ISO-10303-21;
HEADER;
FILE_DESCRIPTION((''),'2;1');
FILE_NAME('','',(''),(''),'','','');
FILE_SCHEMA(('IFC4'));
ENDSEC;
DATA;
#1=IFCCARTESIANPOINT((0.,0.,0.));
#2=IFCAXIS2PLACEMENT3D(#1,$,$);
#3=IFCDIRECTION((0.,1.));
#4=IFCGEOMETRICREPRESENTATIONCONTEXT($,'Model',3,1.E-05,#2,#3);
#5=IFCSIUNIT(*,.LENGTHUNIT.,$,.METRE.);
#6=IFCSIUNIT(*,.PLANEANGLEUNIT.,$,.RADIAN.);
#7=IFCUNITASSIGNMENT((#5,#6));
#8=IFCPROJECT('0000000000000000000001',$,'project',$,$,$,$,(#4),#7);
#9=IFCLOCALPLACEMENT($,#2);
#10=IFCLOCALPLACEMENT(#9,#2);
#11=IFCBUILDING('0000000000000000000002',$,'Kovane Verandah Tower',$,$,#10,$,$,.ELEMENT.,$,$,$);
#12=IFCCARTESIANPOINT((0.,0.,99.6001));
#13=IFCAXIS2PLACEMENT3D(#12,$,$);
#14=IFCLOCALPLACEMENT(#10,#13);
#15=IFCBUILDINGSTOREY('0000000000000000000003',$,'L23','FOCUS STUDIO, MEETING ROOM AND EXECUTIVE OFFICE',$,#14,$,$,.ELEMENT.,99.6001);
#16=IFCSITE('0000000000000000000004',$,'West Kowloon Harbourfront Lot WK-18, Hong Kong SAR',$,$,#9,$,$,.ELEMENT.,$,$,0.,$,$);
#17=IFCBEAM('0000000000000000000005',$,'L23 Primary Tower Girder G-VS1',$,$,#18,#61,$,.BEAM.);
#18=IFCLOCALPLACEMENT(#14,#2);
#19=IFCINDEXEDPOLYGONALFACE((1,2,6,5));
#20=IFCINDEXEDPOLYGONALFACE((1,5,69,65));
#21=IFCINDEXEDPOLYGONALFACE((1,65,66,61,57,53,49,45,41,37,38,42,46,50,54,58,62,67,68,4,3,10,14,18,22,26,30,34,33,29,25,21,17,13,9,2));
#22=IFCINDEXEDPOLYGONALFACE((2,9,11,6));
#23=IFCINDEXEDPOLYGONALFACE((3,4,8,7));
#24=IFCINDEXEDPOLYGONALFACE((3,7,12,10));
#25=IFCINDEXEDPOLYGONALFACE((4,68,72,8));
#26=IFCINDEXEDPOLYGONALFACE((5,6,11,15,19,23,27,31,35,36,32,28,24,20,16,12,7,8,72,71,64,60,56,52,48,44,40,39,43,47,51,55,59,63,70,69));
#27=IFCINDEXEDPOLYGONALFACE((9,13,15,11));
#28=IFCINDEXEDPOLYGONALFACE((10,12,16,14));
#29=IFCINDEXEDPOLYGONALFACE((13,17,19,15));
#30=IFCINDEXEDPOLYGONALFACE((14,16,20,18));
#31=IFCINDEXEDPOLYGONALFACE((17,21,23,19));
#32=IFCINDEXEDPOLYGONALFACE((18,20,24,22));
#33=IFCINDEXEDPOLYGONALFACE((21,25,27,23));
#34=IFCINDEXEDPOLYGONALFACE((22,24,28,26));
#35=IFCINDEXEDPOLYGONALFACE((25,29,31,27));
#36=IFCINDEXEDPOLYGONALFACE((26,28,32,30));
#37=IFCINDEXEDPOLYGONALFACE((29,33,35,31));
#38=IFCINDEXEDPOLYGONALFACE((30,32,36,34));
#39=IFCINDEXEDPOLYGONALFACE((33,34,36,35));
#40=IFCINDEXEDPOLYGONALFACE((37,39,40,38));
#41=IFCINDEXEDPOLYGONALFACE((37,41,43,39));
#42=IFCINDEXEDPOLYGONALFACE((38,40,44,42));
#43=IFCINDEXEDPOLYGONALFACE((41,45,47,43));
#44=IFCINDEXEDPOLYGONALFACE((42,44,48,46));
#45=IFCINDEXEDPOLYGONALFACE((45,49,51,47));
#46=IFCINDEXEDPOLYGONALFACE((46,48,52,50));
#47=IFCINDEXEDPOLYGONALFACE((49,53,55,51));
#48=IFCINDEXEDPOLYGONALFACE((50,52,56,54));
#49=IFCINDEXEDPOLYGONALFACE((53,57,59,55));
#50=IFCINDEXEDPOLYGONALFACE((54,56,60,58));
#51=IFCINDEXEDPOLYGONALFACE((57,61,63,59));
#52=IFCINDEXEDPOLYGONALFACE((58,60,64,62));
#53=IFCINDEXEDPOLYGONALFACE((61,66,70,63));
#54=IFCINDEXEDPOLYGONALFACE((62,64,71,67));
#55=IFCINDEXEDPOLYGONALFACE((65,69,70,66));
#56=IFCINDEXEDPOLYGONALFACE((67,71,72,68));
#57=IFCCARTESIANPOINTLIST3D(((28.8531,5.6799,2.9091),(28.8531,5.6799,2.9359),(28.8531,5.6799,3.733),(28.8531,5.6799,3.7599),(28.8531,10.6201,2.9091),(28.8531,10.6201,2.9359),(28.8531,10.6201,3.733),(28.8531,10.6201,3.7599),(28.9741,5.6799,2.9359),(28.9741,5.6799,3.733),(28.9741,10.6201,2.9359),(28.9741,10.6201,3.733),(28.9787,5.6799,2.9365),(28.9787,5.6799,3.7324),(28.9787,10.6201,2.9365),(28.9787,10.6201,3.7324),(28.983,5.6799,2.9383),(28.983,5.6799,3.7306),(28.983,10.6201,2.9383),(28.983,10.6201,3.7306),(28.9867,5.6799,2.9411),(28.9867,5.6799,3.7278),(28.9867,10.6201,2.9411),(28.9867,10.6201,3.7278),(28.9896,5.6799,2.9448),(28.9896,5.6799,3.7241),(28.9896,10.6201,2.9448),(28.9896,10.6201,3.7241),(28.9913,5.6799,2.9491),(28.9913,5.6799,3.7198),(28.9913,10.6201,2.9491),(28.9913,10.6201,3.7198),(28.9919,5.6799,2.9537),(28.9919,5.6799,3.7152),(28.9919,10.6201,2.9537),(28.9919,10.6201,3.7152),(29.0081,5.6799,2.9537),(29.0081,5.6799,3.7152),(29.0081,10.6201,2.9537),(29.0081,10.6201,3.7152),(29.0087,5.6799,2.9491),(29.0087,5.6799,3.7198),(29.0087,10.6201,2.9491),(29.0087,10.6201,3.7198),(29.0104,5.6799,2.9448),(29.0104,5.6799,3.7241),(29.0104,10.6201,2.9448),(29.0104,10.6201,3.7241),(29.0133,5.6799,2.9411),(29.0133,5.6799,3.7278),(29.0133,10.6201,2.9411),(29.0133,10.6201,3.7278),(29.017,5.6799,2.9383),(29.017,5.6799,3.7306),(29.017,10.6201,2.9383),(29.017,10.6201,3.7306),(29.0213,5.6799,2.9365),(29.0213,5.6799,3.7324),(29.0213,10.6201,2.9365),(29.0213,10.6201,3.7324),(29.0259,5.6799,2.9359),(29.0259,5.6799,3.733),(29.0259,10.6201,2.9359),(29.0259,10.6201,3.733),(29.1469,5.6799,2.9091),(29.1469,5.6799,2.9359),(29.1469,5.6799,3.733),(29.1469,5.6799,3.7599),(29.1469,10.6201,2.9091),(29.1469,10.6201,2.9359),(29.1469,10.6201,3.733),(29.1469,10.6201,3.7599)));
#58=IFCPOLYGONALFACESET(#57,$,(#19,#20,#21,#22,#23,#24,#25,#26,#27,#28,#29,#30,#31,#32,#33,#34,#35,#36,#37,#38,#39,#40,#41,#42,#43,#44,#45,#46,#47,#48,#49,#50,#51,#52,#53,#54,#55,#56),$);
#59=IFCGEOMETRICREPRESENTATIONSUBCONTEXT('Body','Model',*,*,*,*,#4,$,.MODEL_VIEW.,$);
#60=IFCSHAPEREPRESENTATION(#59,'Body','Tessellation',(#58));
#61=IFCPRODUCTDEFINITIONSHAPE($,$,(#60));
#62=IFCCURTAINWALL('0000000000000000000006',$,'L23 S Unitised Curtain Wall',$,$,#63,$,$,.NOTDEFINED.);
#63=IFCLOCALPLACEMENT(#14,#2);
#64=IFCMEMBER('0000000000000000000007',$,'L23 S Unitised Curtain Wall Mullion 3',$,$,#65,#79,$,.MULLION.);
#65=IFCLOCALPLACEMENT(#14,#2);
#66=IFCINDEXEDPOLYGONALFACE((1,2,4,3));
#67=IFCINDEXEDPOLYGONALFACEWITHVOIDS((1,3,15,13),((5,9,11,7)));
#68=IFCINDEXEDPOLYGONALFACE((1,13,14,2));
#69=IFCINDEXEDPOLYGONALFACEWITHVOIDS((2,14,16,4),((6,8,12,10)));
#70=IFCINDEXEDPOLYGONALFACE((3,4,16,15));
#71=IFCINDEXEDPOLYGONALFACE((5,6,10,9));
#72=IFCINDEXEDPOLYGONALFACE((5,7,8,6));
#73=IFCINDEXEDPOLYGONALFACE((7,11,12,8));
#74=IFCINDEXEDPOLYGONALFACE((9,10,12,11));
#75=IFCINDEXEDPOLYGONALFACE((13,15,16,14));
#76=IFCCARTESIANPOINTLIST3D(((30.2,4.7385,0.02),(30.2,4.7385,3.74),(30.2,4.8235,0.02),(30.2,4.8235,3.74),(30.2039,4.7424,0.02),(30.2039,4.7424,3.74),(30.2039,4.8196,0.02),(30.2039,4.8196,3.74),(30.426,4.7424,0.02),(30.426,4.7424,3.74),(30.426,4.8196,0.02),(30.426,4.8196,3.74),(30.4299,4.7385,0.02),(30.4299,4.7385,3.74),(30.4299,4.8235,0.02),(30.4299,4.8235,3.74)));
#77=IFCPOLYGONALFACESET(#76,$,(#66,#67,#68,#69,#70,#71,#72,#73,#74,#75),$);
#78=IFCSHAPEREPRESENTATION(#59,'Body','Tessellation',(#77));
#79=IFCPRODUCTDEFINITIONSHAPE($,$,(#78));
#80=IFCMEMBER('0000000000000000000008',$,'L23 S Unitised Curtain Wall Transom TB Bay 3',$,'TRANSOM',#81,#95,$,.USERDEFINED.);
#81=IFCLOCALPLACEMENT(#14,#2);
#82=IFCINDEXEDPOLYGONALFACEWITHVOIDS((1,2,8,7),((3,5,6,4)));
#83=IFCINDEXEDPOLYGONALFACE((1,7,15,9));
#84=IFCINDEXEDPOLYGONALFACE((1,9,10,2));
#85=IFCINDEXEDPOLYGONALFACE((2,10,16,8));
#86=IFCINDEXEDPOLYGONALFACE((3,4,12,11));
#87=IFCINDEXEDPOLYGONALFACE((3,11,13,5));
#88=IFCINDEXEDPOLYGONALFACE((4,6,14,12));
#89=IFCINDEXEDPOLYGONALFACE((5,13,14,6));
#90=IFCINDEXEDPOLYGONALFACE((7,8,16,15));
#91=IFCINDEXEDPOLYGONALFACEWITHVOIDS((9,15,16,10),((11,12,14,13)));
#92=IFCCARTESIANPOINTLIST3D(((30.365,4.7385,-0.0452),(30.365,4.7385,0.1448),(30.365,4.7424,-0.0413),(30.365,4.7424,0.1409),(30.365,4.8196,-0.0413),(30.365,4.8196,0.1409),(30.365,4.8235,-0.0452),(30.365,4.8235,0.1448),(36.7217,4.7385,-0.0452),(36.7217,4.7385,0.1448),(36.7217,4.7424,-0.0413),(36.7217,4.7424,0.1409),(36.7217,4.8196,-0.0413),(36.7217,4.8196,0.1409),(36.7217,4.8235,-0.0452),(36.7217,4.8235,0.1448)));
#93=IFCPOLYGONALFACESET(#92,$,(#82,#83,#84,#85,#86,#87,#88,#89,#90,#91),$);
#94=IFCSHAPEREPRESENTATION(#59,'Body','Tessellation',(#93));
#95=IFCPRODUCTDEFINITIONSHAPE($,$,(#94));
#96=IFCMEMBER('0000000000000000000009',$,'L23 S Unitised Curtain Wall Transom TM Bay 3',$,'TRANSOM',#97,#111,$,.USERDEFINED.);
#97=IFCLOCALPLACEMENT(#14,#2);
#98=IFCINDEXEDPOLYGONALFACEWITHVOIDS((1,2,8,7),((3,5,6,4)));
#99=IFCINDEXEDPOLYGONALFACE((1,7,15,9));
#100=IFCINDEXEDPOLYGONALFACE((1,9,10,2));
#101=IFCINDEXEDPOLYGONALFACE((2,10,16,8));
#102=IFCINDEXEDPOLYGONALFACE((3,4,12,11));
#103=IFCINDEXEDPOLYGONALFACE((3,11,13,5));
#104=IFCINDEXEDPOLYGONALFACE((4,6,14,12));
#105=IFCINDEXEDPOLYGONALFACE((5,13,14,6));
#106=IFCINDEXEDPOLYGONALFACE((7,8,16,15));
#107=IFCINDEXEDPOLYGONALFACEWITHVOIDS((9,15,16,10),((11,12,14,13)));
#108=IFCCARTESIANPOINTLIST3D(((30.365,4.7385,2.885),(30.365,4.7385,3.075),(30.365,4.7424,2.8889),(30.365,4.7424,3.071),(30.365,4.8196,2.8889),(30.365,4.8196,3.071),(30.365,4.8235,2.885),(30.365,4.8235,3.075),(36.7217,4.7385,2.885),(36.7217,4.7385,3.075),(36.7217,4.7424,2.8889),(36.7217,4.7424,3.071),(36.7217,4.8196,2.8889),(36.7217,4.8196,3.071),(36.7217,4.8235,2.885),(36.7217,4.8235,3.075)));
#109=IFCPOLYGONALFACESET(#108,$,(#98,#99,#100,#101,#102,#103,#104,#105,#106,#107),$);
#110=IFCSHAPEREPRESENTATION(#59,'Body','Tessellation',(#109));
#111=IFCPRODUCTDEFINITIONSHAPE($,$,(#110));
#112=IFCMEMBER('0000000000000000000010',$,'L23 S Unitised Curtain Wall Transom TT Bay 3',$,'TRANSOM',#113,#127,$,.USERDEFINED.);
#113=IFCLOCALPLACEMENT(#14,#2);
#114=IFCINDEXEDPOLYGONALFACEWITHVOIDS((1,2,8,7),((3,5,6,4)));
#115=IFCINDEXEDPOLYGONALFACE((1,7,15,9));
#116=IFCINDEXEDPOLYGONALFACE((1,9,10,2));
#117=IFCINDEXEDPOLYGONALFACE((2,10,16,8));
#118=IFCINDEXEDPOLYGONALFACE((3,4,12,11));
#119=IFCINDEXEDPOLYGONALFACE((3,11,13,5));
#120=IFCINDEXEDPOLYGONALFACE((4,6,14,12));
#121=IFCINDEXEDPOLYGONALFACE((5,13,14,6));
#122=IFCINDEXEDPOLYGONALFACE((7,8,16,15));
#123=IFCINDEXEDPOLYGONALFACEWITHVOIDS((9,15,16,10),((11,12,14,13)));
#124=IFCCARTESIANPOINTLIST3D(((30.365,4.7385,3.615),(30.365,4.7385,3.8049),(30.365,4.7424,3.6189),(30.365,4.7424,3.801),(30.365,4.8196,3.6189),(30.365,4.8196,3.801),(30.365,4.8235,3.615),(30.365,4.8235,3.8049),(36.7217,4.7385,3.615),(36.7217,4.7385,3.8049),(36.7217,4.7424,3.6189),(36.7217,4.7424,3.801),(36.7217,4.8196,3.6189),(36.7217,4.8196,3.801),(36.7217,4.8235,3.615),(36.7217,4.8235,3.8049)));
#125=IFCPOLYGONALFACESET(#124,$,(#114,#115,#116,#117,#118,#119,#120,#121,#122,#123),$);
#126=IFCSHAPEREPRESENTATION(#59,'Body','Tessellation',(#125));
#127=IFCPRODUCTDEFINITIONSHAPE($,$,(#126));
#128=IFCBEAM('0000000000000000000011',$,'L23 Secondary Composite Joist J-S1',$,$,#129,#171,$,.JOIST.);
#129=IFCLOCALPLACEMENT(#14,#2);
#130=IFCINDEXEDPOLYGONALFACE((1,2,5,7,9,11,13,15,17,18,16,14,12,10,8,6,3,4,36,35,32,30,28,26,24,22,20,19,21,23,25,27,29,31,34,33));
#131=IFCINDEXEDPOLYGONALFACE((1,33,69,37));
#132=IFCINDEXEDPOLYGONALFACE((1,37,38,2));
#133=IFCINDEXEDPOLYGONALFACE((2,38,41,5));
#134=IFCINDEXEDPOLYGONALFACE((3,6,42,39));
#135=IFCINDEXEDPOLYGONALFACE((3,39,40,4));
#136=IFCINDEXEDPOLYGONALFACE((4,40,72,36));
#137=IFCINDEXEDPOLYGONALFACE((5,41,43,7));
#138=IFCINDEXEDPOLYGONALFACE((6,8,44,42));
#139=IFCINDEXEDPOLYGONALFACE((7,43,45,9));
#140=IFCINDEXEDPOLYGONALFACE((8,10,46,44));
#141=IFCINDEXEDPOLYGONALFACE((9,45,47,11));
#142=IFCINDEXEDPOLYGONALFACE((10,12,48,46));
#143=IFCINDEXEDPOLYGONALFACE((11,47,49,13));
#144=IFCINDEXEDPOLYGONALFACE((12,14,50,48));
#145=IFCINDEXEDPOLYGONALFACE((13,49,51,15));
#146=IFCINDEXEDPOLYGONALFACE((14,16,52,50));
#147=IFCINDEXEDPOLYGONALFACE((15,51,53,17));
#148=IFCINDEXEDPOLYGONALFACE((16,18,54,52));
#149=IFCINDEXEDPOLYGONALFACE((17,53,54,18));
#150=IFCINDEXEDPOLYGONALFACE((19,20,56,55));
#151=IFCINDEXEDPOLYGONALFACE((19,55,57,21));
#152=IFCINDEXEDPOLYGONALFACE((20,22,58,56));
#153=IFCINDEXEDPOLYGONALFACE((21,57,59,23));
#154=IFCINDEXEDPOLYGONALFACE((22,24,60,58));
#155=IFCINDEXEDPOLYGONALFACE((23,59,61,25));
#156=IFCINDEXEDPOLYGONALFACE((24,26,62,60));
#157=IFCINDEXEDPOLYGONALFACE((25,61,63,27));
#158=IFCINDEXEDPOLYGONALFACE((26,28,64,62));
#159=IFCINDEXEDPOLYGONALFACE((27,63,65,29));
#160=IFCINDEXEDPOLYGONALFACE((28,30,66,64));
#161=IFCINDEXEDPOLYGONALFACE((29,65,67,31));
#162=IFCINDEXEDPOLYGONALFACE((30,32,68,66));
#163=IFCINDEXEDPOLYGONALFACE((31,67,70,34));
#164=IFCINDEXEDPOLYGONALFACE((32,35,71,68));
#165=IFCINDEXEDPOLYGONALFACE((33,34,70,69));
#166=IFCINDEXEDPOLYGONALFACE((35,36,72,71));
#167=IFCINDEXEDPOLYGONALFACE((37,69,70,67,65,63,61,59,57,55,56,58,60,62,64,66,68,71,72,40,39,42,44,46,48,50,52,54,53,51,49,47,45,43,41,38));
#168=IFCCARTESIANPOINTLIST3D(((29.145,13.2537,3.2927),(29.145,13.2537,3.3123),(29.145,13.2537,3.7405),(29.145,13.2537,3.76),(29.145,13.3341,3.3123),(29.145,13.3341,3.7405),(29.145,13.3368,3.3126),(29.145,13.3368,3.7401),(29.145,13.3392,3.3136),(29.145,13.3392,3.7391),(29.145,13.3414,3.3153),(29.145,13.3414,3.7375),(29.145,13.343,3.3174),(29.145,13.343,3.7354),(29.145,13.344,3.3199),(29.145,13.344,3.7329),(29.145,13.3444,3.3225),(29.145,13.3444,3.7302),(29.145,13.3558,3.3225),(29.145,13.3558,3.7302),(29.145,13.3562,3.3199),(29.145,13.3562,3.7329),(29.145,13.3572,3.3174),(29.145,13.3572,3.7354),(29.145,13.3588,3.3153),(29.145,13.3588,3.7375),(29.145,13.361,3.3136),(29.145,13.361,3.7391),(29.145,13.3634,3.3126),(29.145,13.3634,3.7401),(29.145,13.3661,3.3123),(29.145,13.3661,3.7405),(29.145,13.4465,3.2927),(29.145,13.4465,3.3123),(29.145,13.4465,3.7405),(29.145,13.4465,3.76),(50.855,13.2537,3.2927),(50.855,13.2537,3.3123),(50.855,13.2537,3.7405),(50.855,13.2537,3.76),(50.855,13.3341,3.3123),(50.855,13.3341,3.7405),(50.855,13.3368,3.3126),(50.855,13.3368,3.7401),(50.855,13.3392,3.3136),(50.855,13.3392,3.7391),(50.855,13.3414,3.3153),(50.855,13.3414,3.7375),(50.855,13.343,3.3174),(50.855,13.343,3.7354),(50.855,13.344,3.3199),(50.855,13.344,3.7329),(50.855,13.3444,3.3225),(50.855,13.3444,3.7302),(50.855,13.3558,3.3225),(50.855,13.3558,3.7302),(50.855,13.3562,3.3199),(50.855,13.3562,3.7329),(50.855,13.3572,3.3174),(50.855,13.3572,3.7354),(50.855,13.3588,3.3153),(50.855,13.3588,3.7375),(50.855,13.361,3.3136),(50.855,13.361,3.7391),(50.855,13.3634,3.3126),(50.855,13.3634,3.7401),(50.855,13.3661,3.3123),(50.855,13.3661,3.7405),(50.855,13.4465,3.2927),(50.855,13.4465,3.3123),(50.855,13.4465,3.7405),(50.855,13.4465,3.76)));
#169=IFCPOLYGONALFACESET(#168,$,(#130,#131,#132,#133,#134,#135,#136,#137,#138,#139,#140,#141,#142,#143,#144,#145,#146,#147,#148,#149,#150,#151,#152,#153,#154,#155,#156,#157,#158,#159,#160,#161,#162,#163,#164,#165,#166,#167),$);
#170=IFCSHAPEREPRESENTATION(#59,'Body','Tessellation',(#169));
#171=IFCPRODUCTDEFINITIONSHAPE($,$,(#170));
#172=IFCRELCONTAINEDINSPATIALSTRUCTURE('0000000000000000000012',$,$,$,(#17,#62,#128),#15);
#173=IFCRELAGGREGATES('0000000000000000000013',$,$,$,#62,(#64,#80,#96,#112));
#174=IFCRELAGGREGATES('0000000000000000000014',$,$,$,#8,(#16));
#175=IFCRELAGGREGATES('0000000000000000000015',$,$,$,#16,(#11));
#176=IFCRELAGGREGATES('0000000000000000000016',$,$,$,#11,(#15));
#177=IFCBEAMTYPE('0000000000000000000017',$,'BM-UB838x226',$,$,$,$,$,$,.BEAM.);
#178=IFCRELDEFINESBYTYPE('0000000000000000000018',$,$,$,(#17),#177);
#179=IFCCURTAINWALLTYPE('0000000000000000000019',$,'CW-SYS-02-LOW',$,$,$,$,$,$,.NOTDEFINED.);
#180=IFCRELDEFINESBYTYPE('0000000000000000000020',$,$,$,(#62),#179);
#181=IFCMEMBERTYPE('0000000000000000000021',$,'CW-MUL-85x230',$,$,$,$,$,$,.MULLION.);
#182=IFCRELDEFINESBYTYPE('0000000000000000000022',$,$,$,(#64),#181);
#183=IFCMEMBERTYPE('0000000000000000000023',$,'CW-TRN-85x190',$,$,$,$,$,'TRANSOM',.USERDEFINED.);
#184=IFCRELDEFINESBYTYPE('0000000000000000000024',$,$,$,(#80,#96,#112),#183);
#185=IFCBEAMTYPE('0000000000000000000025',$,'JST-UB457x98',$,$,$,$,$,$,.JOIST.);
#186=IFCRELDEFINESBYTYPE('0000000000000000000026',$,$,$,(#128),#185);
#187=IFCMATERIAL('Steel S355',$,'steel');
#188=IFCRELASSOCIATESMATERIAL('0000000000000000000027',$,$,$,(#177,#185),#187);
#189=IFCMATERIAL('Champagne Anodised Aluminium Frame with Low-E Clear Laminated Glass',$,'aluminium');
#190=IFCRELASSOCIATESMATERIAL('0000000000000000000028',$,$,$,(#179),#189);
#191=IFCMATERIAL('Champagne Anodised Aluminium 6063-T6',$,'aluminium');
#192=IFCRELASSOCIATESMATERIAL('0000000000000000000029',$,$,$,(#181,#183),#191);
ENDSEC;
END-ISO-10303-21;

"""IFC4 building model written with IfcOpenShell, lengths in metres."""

from ifc_helpers import new_model, si_unit, direction, frame, origin, origin_2d, place, context, subcontext, project, spatial, hollow_rectangle, i_section, extrude, material, material_profile, profile_set, type_object, element, aggregate, save


model = new_model("IFC4")

# Units and contexts
model_context = context("Model", 3, precision=1e-05, world=origin(), true_north=direction((0.0, 1.0)))
body_context = subcontext(model_context, "Body", "Model", "MODEL_VIEW")
ifc_project = project(units=[si_unit("LENGTHUNIT", "METRE"), si_unit("PLANEANGLEUNIT", "RADIAN")], contexts=[model_context])

# Site, building, storey
site_placement = place(None, origin())
site = spatial("IfcSite", under=ifc_project, at=site_placement, Name="West Kowloon Harbourfront Lot WK-18, Hong Kong SAR", CompositionType="ELEMENT", RefElevation=0.0)
building_placement = place(site_placement, origin())
building = spatial("IfcBuilding", under=site, at=building_placement, Name="Kovane Verandah Tower", CompositionType="ELEMENT")
storey_placement = place(building_placement, frame((0.0, 0.0, 99.6001)))
storey = spatial("IfcBuildingStorey", under=building, at=storey_placement, Name="L23", Description="FOCUS STUDIO, MEETING ROOM AND EXECUTIVE OFFICE", CompositionType="ELEMENT", Elevation=99.6001)

# Beam
ifc_material_1 = material(Name="Steel S355", Category="steel")
ifc_material_profile_1 = material_profile(ifc_material_1, i_section(OverallWidth=0.2937, OverallDepth=0.8508, WebThickness=0.0161, FlangeThickness=0.0269, FilletRadius=0.0178, at=origin_2d()), Name="UB838x292x226")
ifc_profile_set_1 = profile_set([ifc_material_profile_1], Name="Steel S355")
beam_type_1 = type_object("IfcBeamType", Name="BM-UB838x226", PredefinedType="BEAM", material=ifc_profile_set_1)
beam_1_placement = place(storey_placement, frame((29.0, 10.6201, 3.3345), z_axis=(0.0, -1.0, 0.0), x_axis=(1.0, 0.0, 0.0)))
element("IfcBeam", 1, at=beam_1_placement, inside=storey, type_object=beam_type_1, Name="L23 Primary Tower Girder G-VS1", PredefinedType="BEAM", context=body_context, shape_type="SweptSolid", body=[
    extrude(i_section(OverallWidth=0.2937, OverallDepth=0.8508, WebThickness=0.0161, FlangeThickness=0.0269, FilletRadius=0.0178, at=origin_2d()), origin(), (0.0, 0.0, 1.0), 4.9402),
])

# Curtain wall, members
ifc_material_2 = material(Name="Champagne Anodised Aluminium Frame with Low-E Clear Laminated Glass", Category="aluminium")
curtain_wall_type = type_object("IfcCurtainWallType", Name="CW-SYS-02-LOW", PredefinedType="NOTDEFINED", material=ifc_material_2)
curtain_wall_placement = place(storey_placement, origin())
curtain_wall = element("IfcCurtainWall", 2, at=curtain_wall_placement, inside=storey, type_object=curtain_wall_type, Name="L23 S Unitised Curtain Wall", PredefinedType="NOTDEFINED")
ifc_material_3 = material(Name="Champagne Anodised Aluminium 6063-T6", Category="aluminium")
ifc_material_profile_2 = material_profile(ifc_material_3, hollow_rectangle(XDim=0.085, YDim=0.23, WallThickness=0.0039, at=origin_2d()), Name="AL85x230x4")
ifc_profile_set_2 = profile_set([ifc_material_profile_2], Name="Champagne Anodised Aluminium 6063-T6")
member_type_1 = type_object("IfcMemberType", Name="CW-MUL-85x230", PredefinedType="MULLION", material=ifc_profile_set_2)
member_1_placement = place(storey_placement, frame((30.3149, 4.781, 0.02), z_axis=(0.0, 0.0, 1.0), x_axis=(0.0, -1.0, 0.0)))
member_1 = element("IfcMember", 3, at=member_1_placement, type_object=member_type_1, Name="L23 S Unitised Curtain Wall Mullion 3", PredefinedType="MULLION", context=body_context, shape_type="SweptSolid", body=[
    extrude(hollow_rectangle(XDim=0.085, YDim=0.23, WallThickness=0.0039, at=origin_2d()), origin(), (0.0, 0.0, 1.0), 3.72),
])
ifc_material_profile_3 = material_profile(ifc_material_3, hollow_rectangle(XDim=0.085, YDim=0.1899, WallThickness=0.0039, at=origin_2d()), Name="AL85x190x4")
ifc_profile_set_3 = profile_set([ifc_material_profile_3], Name="Champagne Anodised Aluminium 6063-T6")
member_type_2 = type_object("IfcMemberType", Name="CW-TRN-85x190", ElementType="TRANSOM", PredefinedType="USERDEFINED", material=ifc_profile_set_3)
member_2_placement = place(storey_placement, frame((30.365, 4.781, 0.0498), z_axis=(1.0, 0.0, 0.0), x_axis=(0.0, 1.0, 0.0)))
member_2 = element("IfcMember", 4, at=member_2_placement, type_object=member_type_2, Name="L23 S Unitised Curtain Wall Transom TB Bay 3", ObjectType="TRANSOM", PredefinedType="USERDEFINED", context=body_context, shape_type="SweptSolid", body=[
    extrude(hollow_rectangle(XDim=0.085, YDim=0.1899, WallThickness=0.0039, at=origin_2d()), origin(), (0.0, 0.0, 1.0), 6.3567),
])
member_3_placement = place(storey_placement, frame((30.365, 4.781, 2.98), z_axis=(1.0, 0.0, 0.0), x_axis=(0.0, 1.0, 0.0)))
member_3 = element("IfcMember", 5, at=member_3_placement, type_object=member_type_2, Name="L23 S Unitised Curtain Wall Transom TM Bay 3", ObjectType="TRANSOM", PredefinedType="USERDEFINED", context=body_context, shape_type="SweptSolid", body=[
    extrude(hollow_rectangle(XDim=0.085, YDim=0.1899, WallThickness=0.0039, at=origin_2d()), origin(), (0.0, 0.0, 1.0), 6.3567),
])
member_4_placement = place(storey_placement, frame((30.365, 4.781, 3.71), z_axis=(1.0, 0.0, 0.0), x_axis=(0.0, 1.0, 0.0)))
member_4 = element("IfcMember", 6, at=member_4_placement, type_object=member_type_2, Name="L23 S Unitised Curtain Wall Transom TT Bay 3", ObjectType="TRANSOM", PredefinedType="USERDEFINED", context=body_context, shape_type="SweptSolid", body=[
    extrude(hollow_rectangle(XDim=0.085, YDim=0.1899, WallThickness=0.0039, at=origin_2d()), origin(), (0.0, 0.0, 1.0), 6.3567),
])

# Beam
ifc_material_profile_4 = material_profile(ifc_material_1, i_section(OverallWidth=0.1929, OverallDepth=0.4673, WebThickness=0.0115, FlangeThickness=0.0195, FilletRadius=0.0103, at=origin_2d()), Name="UB457x191x98")
ifc_profile_set_4 = profile_set([ifc_material_profile_4], Name="Steel S355")
beam_type_2 = type_object("IfcBeamType", Name="JST-UB457x98", PredefinedType="JOIST", material=ifc_profile_set_4)
for number, where, z_axis, x_axis, name in (
    (7, (29.145, 13.3501, 3.5264), (1.0, 0.0, 0.0), (0.0, 1.0, 0.0), "L23 Secondary Composite Joist J-S1"),
):
    element("IfcBeam", number, at=place(storey_placement, frame(where, z_axis=z_axis, x_axis=x_axis)), inside=storey, type_object=beam_type_2, Name=name, PredefinedType="JOIST", context=body_context, shape_type="SweptSolid", body=[
        extrude(i_section(OverallWidth=0.1929, OverallDepth=0.4673, WebThickness=0.0115, FlangeThickness=0.0195, FilletRadius=0.0103, at=origin_2d()), origin(), (0.0, 0.0, 1.0), 21.71),
    ])

aggregate(curtain_wall, [member_1, member_2, member_3, member_4])

save(model, "model.ifc")
